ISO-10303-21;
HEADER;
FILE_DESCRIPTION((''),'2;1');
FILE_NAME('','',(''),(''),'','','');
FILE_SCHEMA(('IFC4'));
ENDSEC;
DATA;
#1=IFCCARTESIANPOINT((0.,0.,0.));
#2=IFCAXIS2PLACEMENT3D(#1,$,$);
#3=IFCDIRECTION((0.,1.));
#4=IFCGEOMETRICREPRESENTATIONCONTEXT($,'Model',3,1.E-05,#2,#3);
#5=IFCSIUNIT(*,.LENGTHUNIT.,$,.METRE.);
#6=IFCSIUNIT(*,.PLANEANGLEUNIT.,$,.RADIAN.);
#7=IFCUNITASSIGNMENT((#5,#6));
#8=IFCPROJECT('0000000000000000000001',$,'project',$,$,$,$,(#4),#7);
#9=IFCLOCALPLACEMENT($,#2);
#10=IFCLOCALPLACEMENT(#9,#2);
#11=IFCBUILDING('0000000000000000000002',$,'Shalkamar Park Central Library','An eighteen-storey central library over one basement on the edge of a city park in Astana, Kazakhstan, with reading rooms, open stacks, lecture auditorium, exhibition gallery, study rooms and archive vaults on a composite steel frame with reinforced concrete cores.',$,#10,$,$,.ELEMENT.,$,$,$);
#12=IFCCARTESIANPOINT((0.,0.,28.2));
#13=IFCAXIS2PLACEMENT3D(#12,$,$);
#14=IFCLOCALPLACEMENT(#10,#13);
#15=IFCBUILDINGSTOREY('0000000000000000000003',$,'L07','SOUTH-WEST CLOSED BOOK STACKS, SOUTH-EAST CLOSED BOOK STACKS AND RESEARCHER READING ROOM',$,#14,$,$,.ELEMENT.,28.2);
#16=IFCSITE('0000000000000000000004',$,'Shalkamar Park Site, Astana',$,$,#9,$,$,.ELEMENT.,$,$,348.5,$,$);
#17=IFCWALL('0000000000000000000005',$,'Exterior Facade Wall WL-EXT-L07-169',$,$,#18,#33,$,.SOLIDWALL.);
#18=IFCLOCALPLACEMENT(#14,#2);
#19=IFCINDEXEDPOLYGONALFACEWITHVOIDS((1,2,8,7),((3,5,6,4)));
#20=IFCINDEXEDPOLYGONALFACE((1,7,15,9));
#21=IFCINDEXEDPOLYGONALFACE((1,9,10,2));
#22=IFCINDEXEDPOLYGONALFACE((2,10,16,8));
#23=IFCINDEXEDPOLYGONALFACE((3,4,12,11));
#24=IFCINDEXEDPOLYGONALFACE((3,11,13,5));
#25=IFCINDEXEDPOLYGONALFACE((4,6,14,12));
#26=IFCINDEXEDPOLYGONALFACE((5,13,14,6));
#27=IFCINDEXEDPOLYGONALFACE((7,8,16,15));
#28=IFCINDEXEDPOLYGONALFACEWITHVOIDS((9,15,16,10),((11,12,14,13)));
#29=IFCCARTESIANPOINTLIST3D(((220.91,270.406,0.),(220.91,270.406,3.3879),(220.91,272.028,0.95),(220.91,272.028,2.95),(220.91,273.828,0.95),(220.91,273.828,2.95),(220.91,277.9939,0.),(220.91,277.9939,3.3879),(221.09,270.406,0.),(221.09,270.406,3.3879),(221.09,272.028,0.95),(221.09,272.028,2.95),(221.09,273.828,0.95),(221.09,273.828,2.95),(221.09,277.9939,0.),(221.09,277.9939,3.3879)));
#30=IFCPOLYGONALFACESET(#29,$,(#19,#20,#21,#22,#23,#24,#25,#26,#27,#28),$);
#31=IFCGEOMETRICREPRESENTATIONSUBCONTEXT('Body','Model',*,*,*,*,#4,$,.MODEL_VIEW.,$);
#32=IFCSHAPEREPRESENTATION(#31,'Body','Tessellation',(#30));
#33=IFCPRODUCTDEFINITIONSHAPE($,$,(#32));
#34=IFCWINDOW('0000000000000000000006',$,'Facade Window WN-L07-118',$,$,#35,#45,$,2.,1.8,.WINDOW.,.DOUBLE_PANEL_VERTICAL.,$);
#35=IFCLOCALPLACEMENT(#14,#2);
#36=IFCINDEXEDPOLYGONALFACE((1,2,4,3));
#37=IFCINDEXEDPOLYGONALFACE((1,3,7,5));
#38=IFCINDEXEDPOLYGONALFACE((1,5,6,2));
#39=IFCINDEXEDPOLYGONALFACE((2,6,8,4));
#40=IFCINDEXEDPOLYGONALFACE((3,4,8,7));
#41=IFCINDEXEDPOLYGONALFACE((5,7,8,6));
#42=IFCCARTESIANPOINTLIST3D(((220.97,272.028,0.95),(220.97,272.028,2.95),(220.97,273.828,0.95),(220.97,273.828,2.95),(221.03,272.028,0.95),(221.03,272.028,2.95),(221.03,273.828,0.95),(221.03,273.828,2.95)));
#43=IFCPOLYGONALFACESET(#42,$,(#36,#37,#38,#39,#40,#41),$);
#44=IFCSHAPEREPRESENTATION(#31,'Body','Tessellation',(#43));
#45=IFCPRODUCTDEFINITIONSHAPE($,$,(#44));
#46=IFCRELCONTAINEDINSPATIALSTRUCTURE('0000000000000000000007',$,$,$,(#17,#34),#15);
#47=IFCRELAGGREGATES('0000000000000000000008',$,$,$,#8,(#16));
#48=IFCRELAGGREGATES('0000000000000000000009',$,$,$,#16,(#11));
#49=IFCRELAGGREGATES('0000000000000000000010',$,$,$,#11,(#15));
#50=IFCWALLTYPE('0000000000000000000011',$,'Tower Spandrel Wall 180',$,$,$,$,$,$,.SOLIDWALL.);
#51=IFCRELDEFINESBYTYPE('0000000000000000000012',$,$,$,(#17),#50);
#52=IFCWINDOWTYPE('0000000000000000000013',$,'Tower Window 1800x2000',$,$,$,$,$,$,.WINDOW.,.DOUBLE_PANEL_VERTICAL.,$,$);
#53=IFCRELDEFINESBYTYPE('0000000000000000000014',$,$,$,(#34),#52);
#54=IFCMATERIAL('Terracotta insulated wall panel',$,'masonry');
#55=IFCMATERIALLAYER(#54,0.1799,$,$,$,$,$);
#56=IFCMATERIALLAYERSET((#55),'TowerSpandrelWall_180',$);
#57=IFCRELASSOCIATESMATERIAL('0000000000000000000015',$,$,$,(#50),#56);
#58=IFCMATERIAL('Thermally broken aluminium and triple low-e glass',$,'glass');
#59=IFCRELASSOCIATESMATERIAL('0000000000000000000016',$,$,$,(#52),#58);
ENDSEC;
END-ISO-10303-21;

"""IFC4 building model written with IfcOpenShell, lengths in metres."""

from ifc_helpers import new_model, si_unit, direction, frame, frame_2d, origin, place, context, subcontext, project, spatial, rectangle, extrude, material, layer, layer_set, type_object, element, fill, save


model = new_model("IFC4")

# Units and contexts
model_context = context("Model", 3, precision=1e-05, world=origin(), true_north=direction((0.0, 1.0)))
body_context = subcontext(model_context, "Body", "Model", "MODEL_VIEW")
ifc_project = project(units=[si_unit("LENGTHUNIT", "METRE"), si_unit("PLANEANGLEUNIT", "RADIAN")], contexts=[model_context])

# Site, building, storey
site_placement = place(None, origin())
site = spatial("IfcSite", under=ifc_project, at=site_placement, Name="Shalkamar Park Site, Astana", CompositionType="ELEMENT", RefElevation=348.5)
building_placement = place(site_placement, origin())
building = spatial("IfcBuilding", under=site, at=building_placement, Name="Shalkamar Park Central Library", Description="An eighteen-storey central library over one basement on the edge of a city park in Astana, Kazakhstan, with reading rooms, open stacks, lecture auditorium, exhibition gallery, study rooms and archive vaults on a composite steel frame with reinforced concrete cores.", CompositionType="ELEMENT")
storey_placement = place(building_placement, frame((0.0, 0.0, 28.2)))
storey = spatial("IfcBuildingStorey", under=building, at=storey_placement, Name="L07", Description="SOUTH-WEST CLOSED BOOK STACKS, SOUTH-EAST CLOSED BOOK STACKS AND RESEARCHER READING ROOM", CompositionType="ELEMENT", Elevation=28.2)

# Wall, opening, window
ifc_material_1 = material(Name="Terracotta insulated wall panel", Category="masonry")
ifc_layer = layer(ifc_material_1, 0.1799)
ifc_layer_set = layer_set([ifc_layer], Name="TowerSpandrelWall_180")
wall_type = type_object("IfcWallType", Name="Tower Spandrel Wall 180", PredefinedType="SOLIDWALL", material=ifc_layer_set)
ifc_material_2 = material(Name="Thermally broken aluminium and triple low-e glass", Category="glass")
wall_1_placement = place(storey_placement, frame((221.0, 270.406, 0.0), z_axis=(0.0, 0.0, 1.0), x_axis=(0.0, 1.0, 0.0)))
wall_1 = element("IfcWall", 1, at=wall_1_placement, inside=storey, type_object=wall_type, Name="Exterior Facade Wall WL-EXT-L07-169", PredefinedType="SOLIDWALL", context=body_context, shape_type="SweptSolid", body=[
    extrude(rectangle(XDim=7.5879, YDim=0.1799, at=frame_2d((3.7939, 0.0))), origin(), (0.0, 0.0, 1.0), 3.3879),
])
opening_1_placement = place(wall_1_placement, frame((1.6221, 0.0, 0.95)))
opening_1 = element("IfcOpeningElement", 2, at=opening_1_placement, cuts=wall_1, PredefinedType="OPENING", context=body_context, shape_type="SweptSolid", body=[
    extrude(rectangle(XDim=1.8, YDim=2.0, at=frame_2d((0.8999, 1.0))), frame((0.0, 0.105, 0.0), z_axis=(0.0, -1.0, 0.0), x_axis=(1.0, 0.0, 0.0)), (0.0, 0.0, 1.0), 0.2097),
])
window_type_1 = type_object("IfcWindowType", Name="Tower Window 1800x2000", PartitioningType="DOUBLE_PANEL_VERTICAL", PredefinedType="WINDOW", material=ifc_material_2)
window_1_placement = place(opening_1_placement, origin())
window_1 = element("IfcWindow", 3, at=window_1_placement, inside=storey, type_object=window_type_1, Name="Facade Window WN-L07-118", OverallHeight=2.0, OverallWidth=1.8, PartitioningType="DOUBLE_PANEL_VERTICAL", PredefinedType="WINDOW", context=body_context, shape_type="SweptSolid", body=[
    extrude(rectangle(XDim=1.8, YDim=2.0, at=frame_2d((0.8999, 1.0))), frame((0.0, 0.03, 0.0), z_axis=(0.0, -1.0, 0.0), x_axis=(1.0, 0.0, 0.0)), (0.0, 0.0, 1.0), 0.0601),
])
fill(opening_1, window_1)

save(model, "model.ifc")
